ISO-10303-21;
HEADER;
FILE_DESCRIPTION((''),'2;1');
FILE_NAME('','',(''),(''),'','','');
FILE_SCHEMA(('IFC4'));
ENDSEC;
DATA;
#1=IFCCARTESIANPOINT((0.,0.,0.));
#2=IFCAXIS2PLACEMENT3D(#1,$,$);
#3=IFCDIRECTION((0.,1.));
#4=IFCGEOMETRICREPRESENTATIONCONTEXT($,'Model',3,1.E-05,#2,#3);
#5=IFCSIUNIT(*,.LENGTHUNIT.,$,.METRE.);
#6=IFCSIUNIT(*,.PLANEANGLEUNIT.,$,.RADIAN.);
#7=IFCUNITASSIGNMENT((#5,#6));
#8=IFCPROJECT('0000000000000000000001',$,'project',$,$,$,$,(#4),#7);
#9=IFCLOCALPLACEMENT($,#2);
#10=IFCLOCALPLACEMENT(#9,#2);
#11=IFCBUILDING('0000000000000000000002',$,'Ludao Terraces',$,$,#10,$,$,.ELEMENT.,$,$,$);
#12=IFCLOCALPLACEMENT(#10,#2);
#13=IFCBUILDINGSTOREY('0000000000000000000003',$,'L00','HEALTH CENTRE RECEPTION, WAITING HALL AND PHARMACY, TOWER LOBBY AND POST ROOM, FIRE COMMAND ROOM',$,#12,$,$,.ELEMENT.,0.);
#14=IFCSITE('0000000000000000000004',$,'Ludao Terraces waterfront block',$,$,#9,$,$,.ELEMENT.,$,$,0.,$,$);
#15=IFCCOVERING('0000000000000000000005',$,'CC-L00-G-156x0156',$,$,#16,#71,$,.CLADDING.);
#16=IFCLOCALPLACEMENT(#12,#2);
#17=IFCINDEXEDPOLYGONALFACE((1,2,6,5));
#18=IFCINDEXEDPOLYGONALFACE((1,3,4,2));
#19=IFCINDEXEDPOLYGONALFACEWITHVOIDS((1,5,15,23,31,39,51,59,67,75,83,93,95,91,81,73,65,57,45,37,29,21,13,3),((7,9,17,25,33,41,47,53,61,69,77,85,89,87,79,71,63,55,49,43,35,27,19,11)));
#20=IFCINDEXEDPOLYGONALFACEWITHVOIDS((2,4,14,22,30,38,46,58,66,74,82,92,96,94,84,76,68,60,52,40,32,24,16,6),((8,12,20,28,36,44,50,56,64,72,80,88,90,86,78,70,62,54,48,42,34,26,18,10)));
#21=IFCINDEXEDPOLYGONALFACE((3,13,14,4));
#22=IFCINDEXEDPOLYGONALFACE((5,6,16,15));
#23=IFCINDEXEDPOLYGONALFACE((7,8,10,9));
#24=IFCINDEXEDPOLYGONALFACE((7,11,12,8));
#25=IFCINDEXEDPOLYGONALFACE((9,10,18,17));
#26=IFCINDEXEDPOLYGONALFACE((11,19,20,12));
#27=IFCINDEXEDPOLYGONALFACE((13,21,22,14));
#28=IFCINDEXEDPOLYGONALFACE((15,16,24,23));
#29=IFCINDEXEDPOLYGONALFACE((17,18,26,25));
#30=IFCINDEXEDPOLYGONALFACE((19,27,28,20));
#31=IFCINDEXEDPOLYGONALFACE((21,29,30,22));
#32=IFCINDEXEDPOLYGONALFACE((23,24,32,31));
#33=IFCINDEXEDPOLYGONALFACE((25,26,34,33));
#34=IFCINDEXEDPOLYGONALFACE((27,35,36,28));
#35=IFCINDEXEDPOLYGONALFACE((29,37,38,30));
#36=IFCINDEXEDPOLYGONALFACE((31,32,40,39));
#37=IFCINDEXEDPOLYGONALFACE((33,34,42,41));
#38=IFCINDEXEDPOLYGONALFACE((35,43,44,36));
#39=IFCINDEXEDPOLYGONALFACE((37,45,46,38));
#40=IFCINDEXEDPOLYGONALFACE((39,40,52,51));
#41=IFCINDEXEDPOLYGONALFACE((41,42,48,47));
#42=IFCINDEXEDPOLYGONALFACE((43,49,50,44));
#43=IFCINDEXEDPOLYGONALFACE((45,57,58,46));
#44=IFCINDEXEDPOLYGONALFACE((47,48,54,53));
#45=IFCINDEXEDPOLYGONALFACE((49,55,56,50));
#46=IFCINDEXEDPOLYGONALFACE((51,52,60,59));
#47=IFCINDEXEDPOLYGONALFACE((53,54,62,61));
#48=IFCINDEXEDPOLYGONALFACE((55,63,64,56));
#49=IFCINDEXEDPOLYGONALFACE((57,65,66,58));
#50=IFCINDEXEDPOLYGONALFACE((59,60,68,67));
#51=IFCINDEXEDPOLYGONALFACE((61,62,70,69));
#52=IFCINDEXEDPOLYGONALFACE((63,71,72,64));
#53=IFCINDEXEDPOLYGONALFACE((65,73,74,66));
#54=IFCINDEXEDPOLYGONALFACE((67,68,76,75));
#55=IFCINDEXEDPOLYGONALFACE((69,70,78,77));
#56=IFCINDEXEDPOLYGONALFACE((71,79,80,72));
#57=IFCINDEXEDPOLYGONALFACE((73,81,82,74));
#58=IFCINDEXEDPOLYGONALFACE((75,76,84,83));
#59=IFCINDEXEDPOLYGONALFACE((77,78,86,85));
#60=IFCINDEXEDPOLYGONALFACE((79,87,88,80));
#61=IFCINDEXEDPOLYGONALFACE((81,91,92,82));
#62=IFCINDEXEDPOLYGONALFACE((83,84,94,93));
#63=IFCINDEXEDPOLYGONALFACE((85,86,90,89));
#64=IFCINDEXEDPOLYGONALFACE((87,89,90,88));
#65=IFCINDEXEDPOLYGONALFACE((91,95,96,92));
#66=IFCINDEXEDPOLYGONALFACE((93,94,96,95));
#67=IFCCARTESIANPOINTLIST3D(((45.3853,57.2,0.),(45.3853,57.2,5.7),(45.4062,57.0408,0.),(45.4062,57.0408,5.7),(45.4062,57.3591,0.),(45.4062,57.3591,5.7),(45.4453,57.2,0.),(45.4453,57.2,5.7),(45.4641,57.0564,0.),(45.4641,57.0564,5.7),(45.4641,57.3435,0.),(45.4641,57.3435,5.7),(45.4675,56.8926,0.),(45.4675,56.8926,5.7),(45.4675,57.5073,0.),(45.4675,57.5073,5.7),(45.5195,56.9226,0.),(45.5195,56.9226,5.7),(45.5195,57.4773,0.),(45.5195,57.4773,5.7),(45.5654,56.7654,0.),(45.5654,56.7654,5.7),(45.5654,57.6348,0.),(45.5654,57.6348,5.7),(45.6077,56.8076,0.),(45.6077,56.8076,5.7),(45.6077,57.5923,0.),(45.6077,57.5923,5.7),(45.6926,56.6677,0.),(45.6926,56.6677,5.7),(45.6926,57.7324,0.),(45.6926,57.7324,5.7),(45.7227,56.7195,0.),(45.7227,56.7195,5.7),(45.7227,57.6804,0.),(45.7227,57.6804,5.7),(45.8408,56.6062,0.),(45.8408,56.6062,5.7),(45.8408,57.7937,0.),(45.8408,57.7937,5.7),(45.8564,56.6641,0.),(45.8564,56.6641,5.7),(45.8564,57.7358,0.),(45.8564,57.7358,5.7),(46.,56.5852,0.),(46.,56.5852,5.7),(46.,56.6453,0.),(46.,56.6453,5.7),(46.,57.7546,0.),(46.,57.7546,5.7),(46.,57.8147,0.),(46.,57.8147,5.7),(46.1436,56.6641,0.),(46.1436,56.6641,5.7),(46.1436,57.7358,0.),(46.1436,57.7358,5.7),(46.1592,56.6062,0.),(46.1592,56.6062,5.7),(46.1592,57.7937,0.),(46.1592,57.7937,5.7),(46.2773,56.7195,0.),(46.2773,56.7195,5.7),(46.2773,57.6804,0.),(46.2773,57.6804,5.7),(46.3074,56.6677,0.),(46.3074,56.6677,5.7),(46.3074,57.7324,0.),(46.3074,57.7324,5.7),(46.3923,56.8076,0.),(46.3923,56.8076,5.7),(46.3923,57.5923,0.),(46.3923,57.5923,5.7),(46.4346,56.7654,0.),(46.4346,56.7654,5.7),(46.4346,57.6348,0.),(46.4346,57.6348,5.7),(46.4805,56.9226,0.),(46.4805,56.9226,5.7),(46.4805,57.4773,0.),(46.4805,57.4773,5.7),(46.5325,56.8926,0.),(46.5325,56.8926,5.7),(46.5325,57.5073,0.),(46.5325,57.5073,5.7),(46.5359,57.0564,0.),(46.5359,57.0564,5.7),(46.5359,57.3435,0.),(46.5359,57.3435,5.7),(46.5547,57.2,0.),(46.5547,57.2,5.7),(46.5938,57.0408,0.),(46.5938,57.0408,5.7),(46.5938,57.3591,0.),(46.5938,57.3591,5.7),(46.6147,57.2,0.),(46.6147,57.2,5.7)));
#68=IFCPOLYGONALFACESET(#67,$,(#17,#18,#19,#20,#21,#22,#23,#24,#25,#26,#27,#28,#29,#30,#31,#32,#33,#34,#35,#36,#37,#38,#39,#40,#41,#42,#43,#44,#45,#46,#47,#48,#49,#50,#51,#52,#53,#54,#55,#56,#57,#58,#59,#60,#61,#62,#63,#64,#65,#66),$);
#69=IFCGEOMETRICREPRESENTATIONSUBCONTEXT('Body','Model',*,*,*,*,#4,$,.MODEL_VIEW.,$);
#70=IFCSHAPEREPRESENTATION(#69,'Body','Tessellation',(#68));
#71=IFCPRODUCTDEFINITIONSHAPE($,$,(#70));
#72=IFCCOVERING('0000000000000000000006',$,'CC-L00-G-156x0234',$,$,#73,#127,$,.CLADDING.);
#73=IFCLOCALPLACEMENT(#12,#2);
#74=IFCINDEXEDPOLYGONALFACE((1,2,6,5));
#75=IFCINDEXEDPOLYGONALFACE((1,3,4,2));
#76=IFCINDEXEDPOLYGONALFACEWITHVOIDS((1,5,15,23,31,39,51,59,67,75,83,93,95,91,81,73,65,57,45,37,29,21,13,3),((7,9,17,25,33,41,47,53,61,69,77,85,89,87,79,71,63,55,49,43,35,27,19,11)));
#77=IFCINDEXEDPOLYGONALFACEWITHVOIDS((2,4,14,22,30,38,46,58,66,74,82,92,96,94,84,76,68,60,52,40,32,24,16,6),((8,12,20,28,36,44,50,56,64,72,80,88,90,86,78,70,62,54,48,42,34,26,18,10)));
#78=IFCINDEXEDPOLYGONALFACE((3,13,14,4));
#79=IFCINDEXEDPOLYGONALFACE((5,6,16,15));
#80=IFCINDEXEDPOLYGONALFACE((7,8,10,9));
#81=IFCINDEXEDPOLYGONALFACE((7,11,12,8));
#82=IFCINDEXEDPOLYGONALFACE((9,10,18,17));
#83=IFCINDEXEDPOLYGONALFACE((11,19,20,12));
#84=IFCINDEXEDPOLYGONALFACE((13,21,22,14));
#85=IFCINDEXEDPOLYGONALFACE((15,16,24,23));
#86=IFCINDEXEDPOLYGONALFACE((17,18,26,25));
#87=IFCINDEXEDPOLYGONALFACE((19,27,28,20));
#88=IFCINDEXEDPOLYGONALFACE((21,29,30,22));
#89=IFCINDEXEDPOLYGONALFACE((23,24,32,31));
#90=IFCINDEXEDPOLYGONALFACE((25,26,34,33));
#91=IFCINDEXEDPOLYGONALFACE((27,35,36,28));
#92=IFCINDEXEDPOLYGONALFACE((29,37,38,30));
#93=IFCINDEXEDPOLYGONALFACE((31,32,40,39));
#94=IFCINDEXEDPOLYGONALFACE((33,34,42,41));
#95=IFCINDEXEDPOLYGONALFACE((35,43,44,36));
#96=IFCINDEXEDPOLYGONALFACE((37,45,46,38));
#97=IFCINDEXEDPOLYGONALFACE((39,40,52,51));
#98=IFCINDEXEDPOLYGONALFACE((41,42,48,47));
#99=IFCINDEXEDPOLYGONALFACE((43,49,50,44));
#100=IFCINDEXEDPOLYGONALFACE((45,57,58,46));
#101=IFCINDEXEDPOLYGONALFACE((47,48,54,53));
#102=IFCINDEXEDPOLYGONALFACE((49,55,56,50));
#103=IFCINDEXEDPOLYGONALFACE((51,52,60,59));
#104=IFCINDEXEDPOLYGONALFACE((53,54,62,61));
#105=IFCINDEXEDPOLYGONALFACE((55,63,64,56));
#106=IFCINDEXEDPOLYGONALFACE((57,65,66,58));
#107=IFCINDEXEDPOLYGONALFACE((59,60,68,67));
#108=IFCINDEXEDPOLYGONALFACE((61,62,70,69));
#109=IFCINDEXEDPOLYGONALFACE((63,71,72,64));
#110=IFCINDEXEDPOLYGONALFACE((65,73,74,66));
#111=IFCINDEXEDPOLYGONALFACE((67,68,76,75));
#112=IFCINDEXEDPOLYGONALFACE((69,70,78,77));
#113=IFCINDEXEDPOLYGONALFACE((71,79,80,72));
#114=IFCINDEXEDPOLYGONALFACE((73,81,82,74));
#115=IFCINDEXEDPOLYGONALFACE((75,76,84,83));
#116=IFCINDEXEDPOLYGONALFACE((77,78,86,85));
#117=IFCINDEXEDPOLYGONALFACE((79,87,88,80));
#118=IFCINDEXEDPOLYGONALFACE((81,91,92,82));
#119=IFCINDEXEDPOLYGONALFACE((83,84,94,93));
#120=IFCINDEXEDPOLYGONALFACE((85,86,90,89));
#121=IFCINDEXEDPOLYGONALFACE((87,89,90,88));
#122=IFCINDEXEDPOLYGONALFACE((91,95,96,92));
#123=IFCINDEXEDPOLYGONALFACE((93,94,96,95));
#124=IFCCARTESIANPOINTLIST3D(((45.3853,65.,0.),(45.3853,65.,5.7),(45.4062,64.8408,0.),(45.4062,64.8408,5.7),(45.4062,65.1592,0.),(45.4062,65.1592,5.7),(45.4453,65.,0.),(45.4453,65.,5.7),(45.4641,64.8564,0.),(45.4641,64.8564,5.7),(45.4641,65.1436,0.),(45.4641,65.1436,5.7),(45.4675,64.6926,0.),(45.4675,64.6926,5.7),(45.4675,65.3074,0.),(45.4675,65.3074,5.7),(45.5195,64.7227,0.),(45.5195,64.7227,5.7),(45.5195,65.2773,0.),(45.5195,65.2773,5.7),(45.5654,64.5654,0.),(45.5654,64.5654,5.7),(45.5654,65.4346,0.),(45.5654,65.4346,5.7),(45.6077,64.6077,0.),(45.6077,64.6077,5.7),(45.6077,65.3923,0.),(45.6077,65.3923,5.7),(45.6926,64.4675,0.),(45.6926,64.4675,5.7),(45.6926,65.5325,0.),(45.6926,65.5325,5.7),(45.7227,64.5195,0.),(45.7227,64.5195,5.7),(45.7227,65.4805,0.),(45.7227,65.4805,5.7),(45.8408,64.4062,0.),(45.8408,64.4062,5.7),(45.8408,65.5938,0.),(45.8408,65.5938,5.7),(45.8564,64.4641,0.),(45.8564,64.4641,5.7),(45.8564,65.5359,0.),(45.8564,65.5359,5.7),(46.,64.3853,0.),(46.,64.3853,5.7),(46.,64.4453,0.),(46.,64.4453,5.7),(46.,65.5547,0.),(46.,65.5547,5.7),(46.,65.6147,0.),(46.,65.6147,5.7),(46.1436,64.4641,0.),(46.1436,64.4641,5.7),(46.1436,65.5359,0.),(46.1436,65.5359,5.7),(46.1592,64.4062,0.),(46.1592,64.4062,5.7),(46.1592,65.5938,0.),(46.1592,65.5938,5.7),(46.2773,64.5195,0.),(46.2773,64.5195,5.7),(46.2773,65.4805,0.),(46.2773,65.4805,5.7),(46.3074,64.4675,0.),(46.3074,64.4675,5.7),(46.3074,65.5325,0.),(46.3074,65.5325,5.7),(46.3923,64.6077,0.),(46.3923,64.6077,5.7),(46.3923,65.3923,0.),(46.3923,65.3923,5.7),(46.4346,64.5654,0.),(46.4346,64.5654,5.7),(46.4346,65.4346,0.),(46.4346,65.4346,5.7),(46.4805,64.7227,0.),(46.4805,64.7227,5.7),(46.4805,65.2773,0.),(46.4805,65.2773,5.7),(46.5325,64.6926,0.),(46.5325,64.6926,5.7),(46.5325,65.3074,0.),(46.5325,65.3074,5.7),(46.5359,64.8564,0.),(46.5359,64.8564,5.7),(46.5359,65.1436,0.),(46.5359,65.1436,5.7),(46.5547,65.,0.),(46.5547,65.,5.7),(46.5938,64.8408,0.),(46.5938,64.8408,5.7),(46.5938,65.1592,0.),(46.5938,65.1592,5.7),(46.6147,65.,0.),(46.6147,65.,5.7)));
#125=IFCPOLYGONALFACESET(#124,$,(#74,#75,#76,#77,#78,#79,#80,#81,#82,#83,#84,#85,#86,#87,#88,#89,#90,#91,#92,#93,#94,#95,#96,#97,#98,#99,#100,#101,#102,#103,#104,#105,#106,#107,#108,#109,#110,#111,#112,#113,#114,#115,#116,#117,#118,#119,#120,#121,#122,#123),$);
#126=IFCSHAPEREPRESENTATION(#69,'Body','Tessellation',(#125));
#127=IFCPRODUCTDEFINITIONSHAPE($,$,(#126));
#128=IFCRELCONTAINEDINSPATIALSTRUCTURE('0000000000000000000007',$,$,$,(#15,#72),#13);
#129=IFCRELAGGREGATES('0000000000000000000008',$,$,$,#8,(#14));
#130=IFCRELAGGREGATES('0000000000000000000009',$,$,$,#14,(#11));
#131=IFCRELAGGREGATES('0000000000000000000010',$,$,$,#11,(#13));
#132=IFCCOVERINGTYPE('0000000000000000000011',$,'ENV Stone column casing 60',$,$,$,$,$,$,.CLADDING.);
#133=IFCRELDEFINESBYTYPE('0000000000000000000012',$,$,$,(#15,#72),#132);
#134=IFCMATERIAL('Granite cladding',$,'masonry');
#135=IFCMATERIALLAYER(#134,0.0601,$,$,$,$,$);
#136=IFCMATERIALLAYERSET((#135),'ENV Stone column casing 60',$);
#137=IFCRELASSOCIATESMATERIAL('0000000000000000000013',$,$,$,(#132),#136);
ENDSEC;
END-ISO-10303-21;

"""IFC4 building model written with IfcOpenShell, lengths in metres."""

from ifc_helpers import new_model, si_unit, direction, origin, place, context, subcontext, project, spatial, polyline, outline, extrude, material, layer, layer_set, type_object, element, save


model = new_model("IFC4")

# Units and contexts
model_context = context("Model", 3, precision=1e-05, world=origin(), true_north=direction((0.0, 1.0)))
body_context = subcontext(model_context, "Body", "Model", "MODEL_VIEW")
ifc_project = project(units=[si_unit("LENGTHUNIT", "METRE"), si_unit("PLANEANGLEUNIT", "RADIAN")], contexts=[model_context])

# Site, building, storey
site_placement = place(None, origin())
site = spatial("IfcSite", under=ifc_project, at=site_placement, Name="Ludao Terraces waterfront block", CompositionType="ELEMENT", RefElevation=0.0)
building_placement = place(site_placement, origin())
building = spatial("IfcBuilding", under=site, at=building_placement, Name="Ludao Terraces", CompositionType="ELEMENT")
storey_placement = place(building_placement, origin())
storey = spatial("IfcBuildingStorey", under=building, at=storey_placement, Name="L00", Description="HEALTH CENTRE RECEPTION, WAITING HALL AND PHARMACY, TOWER LOBBY AND POST ROOM, FIRE COMMAND ROOM", CompositionType="ELEMENT", Elevation=0.0)

# Coverings
ifc_material_1 = material(Name="Granite cladding", Category="masonry")
ifc_layer_1 = layer(ifc_material_1, 0.0601)
ifc_layer_set_1 = layer_set([ifc_layer_1], Name="ENV Stone column casing 60")
covering_type_1 = type_object("IfcCoveringType", Name="ENV Stone column casing 60", PredefinedType="CLADDING", material=ifc_layer_set_1)
covering_1_placement = place(storey_placement, origin())
element("IfcCovering", 1, at=covering_1_placement, inside=storey, type_object=covering_type_1, Name="CC-L00-G-156x0156", PredefinedType="CLADDING", context=body_context, shape_type="SweptSolid", body=[
    extrude(outline(polyline([(46.6147, 57.2), (46.5938, 57.3591), (46.5325, 57.5073), (46.4346, 57.6348), (46.3074, 57.7324), (46.1592, 57.7937), (46.0, 57.8147), (45.8408, 57.7937), (45.6926, 57.7324), (45.5654, 57.6348), (45.4675, 57.5073), (45.4062, 57.3591), (45.3853, 57.2), (45.4062, 57.0408), (45.4675, 56.8926), (45.5654, 56.7654), (45.6926, 56.6677), (45.8408, 56.6062), (46.0, 56.5852), (46.1592, 56.6062), (46.3074, 56.6677), (46.4346, 56.7654), (46.5325, 56.8926), (46.5938, 57.0408), (46.6147, 57.2)]), holes=[polyline([(46.5359, 57.0564), (46.4805, 56.9226), (46.3923, 56.8076), (46.2773, 56.7195), (46.1436, 56.6641), (46.0, 56.6453), (45.8564, 56.6641), (45.7227, 56.7195), (45.6077, 56.8076), (45.5195, 56.9226), (45.4641, 57.0564), (45.4453, 57.2), (45.4641, 57.3435), (45.5195, 57.4773), (45.6077, 57.5923), (45.7227, 57.6804), (45.8564, 57.7358), (46.0, 57.7546), (46.1436, 57.7358), (46.2773, 57.6804), (46.3923, 57.5923), (46.4805, 57.4773), (46.5359, 57.3435), (46.5547, 57.2), (46.5359, 57.0564)])]), origin(), (0.0, 0.0, 1.0), 5.7),
])
covering_2_placement = place(storey_placement, origin())
element("IfcCovering", 2, at=covering_2_placement, inside=storey, type_object=covering_type_1, Name="CC-L00-G-156x0234", PredefinedType="CLADDING", context=body_context, shape_type="SweptSolid", body=[
    extrude(outline(polyline([(46.6147, 65.0), (46.5938, 65.1592), (46.5325, 65.3074), (46.4346, 65.4346), (46.3074, 65.5325), (46.1592, 65.5938), (46.0, 65.6147), (45.8408, 65.5938), (45.6926, 65.5325), (45.5654, 65.4346), (45.4675, 65.3074), (45.4062, 65.1592), (45.3853, 65.0), (45.4062, 64.8408), (45.4675, 64.6926), (45.5654, 64.5654), (45.6926, 64.4675), (45.8408, 64.4062), (46.0, 64.3853), (46.1592, 64.4062), (46.3074, 64.4675), (46.4346, 64.5654), (46.5325, 64.6926), (46.5938, 64.8408), (46.6147, 65.0)]), holes=[polyline([(46.5359, 64.8564), (46.4805, 64.7227), (46.3923, 64.6077), (46.2773, 64.5195), (46.1436, 64.4641), (46.0, 64.4453), (45.8564, 64.4641), (45.7227, 64.5195), (45.6077, 64.6077), (45.5195, 64.7227), (45.4641, 64.8564), (45.4453, 65.0), (45.4641, 65.1436), (45.5195, 65.2773), (45.6077, 65.3923), (45.7227, 65.4805), (45.8564, 65.5359), (46.0, 65.5547), (46.1436, 65.5359), (46.2773, 65.4805), (46.3923, 65.3923), (46.4805, 65.2773), (46.5359, 65.1436), (46.5547, 65.0), (46.5359, 64.8564)])]), origin(), (0.0, 0.0, 1.0), 5.7),
])

save(model, "model.ifc")
